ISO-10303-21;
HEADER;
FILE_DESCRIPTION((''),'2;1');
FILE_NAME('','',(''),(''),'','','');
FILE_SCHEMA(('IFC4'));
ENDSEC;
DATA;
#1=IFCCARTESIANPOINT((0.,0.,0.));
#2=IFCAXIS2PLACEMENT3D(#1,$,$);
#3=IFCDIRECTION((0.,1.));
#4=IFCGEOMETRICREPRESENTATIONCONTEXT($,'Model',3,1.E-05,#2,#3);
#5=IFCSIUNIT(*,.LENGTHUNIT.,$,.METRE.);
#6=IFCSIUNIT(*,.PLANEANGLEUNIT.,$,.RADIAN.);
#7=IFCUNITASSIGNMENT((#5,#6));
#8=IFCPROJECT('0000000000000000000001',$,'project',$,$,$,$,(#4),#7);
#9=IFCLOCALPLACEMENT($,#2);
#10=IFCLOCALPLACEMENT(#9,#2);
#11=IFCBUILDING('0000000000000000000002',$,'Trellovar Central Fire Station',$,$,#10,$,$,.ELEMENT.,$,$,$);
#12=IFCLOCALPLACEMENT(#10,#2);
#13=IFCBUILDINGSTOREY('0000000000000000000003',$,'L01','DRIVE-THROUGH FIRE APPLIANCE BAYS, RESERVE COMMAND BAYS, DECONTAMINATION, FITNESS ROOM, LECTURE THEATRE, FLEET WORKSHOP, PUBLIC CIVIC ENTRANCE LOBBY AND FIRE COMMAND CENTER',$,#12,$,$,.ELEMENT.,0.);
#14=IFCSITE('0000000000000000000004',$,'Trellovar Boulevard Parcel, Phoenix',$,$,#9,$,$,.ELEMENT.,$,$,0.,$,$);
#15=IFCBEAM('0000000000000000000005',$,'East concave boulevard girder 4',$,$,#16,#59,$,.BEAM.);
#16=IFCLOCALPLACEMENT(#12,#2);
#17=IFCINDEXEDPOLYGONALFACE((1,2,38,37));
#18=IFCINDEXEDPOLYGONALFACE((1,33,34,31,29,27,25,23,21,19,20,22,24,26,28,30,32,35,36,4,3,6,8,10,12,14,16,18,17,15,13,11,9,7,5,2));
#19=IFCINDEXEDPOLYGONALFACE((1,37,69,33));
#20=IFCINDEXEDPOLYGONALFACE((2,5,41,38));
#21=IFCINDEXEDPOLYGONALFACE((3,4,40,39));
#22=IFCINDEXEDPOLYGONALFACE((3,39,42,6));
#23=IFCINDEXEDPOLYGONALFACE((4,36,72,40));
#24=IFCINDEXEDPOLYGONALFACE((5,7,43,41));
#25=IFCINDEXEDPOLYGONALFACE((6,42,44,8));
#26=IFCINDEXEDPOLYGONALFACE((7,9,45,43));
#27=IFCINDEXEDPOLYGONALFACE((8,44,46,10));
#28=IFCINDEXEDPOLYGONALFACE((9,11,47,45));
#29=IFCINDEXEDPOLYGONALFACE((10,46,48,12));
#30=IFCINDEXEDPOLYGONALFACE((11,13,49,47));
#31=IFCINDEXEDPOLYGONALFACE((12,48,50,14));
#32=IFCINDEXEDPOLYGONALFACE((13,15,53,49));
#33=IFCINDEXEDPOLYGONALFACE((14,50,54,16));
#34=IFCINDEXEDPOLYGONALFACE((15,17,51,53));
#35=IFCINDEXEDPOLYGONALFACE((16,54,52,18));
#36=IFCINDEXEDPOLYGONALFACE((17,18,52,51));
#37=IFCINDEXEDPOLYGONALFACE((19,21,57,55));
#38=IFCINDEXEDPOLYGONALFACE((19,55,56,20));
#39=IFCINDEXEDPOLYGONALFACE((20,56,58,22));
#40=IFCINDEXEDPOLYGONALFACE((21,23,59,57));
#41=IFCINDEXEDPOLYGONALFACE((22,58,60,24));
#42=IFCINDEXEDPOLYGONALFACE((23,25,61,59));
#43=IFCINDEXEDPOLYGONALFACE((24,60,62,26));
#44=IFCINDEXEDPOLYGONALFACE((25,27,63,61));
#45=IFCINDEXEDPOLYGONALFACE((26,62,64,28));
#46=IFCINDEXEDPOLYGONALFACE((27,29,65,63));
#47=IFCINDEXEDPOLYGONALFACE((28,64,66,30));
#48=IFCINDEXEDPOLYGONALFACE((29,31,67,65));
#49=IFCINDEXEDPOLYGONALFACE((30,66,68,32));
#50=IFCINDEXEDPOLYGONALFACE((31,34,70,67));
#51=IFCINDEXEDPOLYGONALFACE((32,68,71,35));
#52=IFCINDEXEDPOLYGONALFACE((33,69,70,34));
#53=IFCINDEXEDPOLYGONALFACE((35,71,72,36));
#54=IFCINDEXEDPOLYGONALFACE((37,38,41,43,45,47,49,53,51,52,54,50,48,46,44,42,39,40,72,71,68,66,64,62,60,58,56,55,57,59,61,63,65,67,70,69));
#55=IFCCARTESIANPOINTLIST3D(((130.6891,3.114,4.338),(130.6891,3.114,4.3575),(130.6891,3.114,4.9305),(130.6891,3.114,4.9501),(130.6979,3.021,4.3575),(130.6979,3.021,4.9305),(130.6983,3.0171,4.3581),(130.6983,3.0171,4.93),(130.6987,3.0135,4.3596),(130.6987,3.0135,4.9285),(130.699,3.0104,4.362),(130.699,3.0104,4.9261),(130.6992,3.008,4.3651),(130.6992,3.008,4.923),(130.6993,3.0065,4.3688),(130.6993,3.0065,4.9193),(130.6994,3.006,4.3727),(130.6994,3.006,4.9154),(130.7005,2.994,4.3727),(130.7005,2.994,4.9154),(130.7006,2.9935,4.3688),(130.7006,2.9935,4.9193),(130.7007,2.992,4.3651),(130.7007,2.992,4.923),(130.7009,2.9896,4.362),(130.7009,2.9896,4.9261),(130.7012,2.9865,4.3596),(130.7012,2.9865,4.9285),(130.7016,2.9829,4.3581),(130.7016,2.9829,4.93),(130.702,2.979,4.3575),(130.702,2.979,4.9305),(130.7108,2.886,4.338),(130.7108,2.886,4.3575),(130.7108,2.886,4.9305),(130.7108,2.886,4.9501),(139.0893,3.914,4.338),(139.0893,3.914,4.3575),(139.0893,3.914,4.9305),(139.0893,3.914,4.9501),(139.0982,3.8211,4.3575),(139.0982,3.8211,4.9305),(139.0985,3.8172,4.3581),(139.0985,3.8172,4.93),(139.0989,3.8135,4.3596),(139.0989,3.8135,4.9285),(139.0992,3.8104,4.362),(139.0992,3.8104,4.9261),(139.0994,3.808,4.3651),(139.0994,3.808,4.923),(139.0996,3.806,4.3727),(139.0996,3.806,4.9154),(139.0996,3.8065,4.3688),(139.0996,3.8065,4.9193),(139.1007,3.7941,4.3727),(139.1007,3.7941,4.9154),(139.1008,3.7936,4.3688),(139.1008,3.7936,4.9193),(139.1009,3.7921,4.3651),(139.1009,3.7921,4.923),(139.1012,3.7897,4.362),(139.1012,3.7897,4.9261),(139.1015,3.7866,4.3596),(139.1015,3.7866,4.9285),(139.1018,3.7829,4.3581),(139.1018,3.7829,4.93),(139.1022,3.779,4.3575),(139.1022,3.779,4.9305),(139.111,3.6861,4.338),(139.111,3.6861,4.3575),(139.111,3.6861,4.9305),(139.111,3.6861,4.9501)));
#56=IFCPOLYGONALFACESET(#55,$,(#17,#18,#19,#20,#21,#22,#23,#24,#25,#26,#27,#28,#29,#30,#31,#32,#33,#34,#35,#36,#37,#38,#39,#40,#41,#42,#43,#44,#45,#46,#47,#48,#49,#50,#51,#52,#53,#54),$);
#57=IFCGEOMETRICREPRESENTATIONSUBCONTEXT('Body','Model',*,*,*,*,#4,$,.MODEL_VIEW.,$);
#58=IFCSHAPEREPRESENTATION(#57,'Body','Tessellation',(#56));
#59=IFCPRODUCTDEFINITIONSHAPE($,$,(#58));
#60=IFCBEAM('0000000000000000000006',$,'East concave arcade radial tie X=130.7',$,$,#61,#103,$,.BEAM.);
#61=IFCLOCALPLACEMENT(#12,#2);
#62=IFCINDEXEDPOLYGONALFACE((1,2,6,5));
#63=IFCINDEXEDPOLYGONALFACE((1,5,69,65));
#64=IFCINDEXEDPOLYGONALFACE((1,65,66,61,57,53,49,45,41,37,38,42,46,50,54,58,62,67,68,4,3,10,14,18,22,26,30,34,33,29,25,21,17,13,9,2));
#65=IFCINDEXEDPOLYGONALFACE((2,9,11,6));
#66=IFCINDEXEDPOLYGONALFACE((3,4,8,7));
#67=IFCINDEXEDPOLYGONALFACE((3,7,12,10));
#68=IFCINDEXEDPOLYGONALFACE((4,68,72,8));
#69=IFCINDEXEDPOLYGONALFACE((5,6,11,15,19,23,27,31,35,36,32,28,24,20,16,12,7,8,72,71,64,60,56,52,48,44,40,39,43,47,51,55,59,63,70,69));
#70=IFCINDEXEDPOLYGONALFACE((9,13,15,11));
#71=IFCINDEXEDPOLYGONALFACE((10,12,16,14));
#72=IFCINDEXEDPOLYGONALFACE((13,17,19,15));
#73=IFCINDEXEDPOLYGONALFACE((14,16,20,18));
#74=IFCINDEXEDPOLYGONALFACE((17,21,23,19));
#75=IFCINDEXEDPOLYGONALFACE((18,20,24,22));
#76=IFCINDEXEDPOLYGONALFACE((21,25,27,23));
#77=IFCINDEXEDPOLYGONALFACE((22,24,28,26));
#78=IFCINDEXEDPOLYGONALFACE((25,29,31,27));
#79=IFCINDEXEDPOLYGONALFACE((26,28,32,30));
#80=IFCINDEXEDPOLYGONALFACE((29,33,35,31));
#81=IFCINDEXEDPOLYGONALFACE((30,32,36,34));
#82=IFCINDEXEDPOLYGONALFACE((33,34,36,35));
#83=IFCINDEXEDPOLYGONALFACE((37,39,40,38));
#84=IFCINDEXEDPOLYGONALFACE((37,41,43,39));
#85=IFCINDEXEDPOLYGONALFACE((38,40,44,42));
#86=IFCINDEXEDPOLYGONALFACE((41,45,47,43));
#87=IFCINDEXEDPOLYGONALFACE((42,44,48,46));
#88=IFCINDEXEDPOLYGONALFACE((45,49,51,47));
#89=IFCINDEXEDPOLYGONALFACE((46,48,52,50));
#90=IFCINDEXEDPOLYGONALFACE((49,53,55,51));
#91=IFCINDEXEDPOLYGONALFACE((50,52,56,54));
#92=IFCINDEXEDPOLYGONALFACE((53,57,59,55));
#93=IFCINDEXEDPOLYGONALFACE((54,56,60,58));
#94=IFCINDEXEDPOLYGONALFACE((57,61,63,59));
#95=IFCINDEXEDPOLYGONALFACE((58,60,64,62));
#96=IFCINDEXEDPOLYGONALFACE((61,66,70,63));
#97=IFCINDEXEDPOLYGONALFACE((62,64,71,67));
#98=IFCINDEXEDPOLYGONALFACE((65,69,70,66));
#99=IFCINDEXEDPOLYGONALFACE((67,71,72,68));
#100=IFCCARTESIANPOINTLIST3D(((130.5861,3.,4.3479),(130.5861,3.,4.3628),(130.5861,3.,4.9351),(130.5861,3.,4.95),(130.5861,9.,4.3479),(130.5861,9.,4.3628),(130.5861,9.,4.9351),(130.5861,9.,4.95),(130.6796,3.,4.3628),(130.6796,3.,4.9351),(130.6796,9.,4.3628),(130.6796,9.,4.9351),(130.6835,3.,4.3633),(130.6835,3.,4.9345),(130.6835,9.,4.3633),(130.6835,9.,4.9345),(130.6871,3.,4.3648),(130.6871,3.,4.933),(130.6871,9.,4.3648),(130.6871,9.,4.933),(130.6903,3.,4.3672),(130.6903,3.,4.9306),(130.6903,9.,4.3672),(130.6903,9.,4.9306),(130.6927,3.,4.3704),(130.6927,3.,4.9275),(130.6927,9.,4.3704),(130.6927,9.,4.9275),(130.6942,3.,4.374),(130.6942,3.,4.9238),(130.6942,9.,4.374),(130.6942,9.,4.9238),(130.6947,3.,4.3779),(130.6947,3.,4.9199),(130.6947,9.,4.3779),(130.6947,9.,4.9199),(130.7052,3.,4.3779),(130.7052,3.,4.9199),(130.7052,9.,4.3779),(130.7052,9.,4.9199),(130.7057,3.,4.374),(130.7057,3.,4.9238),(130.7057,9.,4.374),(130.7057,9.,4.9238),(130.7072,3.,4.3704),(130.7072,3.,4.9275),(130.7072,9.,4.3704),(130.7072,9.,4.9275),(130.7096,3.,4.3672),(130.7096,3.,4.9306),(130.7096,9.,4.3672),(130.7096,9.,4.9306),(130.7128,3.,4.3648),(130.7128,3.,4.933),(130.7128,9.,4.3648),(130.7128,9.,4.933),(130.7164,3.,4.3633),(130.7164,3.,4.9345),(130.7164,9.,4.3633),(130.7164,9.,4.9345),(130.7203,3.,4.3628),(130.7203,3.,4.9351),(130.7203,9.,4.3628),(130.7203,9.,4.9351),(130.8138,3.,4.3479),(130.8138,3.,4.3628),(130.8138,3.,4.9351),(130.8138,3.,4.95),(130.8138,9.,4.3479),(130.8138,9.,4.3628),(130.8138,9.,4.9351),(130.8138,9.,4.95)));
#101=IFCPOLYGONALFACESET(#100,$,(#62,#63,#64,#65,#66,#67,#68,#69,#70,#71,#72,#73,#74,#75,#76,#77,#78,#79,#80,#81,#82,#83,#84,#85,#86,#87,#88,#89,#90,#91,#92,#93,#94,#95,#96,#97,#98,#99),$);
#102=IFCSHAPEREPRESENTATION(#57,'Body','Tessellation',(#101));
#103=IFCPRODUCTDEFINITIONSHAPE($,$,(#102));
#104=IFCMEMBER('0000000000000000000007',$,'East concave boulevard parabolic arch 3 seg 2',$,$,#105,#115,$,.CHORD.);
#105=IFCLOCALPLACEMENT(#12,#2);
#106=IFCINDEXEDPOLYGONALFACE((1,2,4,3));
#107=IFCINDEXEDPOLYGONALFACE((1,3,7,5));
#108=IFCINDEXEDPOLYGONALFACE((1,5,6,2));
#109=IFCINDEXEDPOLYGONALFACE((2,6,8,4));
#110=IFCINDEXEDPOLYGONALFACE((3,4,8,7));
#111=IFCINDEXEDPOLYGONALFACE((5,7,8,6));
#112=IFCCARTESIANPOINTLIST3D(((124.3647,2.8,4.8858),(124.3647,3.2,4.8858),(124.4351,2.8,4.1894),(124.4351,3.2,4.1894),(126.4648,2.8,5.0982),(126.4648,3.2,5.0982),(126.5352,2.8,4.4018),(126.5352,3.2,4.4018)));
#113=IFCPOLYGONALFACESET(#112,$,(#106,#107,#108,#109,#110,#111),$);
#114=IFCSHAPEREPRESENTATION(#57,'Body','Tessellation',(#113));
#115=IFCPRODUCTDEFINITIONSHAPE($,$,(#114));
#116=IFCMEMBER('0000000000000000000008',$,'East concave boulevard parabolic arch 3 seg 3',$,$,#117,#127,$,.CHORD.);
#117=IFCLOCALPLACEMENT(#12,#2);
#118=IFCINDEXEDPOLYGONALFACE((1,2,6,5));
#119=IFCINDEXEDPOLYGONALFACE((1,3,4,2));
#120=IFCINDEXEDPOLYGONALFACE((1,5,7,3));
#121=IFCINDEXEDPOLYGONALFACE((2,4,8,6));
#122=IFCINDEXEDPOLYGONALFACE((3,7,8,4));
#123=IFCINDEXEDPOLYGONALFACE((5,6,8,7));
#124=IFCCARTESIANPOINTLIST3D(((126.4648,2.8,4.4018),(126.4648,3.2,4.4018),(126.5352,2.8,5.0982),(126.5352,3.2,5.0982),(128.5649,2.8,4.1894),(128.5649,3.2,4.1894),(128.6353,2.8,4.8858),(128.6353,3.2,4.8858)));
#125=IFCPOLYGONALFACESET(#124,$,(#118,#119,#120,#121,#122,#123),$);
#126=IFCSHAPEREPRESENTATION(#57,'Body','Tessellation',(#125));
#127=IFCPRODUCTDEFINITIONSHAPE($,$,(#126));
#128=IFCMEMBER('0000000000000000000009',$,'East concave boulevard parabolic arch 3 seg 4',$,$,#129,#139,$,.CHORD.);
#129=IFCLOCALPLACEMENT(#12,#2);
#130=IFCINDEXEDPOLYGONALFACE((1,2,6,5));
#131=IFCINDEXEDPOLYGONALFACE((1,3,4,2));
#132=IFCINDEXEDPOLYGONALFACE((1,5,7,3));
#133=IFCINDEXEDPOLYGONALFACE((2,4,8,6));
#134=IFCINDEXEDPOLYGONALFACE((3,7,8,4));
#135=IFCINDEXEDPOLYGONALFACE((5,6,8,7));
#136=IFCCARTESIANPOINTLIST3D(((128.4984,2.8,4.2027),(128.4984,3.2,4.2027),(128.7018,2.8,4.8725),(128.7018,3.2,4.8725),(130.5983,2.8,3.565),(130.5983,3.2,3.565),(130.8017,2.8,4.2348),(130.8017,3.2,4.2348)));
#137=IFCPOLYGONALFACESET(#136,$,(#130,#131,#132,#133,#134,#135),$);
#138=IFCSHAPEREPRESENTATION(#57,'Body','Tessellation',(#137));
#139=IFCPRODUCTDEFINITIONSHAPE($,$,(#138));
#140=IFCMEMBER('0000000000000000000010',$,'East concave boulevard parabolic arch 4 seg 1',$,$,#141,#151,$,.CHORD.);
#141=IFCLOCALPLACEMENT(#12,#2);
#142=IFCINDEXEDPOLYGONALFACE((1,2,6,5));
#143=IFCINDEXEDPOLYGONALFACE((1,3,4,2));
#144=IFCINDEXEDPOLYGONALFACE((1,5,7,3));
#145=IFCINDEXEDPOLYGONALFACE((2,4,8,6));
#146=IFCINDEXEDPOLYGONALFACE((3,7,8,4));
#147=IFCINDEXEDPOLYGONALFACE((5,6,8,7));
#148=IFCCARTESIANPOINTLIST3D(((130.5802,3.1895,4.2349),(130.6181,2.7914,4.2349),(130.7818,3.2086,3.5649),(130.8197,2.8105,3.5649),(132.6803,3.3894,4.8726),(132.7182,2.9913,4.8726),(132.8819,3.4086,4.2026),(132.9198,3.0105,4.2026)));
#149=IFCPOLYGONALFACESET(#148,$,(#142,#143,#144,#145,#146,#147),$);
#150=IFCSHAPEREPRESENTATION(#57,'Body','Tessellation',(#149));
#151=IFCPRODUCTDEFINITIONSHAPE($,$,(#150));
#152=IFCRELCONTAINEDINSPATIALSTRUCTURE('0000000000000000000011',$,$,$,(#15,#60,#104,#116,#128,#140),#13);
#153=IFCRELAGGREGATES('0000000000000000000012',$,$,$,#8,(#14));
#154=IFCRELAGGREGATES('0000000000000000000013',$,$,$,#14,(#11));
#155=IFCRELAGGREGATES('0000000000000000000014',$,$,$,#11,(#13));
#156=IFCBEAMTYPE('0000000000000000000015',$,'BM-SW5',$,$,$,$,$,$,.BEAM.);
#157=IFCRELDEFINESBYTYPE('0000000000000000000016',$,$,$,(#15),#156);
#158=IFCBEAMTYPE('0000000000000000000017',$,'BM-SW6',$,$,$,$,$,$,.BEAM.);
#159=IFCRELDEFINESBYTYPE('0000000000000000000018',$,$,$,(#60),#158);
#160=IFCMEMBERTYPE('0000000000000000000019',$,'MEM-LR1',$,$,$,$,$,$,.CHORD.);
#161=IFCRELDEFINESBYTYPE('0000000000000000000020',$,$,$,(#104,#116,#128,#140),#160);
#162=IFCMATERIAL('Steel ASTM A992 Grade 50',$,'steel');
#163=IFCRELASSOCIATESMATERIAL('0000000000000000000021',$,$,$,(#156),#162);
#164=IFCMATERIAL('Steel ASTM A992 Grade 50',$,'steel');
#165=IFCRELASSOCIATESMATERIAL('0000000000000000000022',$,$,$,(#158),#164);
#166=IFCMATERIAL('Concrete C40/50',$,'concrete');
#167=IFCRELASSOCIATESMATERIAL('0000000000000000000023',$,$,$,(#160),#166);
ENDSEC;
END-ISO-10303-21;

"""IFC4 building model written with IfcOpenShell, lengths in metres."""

from ifc_helpers import new_model, si_unit, direction, frame, origin, origin_2d, place, context, subcontext, project, spatial, rectangle, i_section, extrude, material, material_profile, profile_set, type_object, element, save


model = new_model("IFC4")

# Units and contexts
model_context = context("Model", 3, precision=1e-05, world=origin(), true_north=direction((0.0, 1.0)))
body_context = subcontext(model_context, "Body", "Model", "MODEL_VIEW")
ifc_project = project(units=[si_unit("LENGTHUNIT", "METRE"), si_unit("PLANEANGLEUNIT", "RADIAN")], contexts=[model_context])

# Site, building, storey
site_placement = place(None, origin())
site = spatial("IfcSite", under=ifc_project, at=site_placement, Name="Trellovar Boulevard Parcel, Phoenix", CompositionType="ELEMENT", RefElevation=0.0)
building_placement = place(site_placement, origin())
building = spatial("IfcBuilding", under=site, at=building_placement, Name="Trellovar Central Fire Station", CompositionType="ELEMENT")
storey_placement = place(building_placement, origin())
storey = spatial("IfcBuildingStorey", under=building, at=storey_placement, Name="L01", Description="DRIVE-THROUGH FIRE APPLIANCE BAYS, RESERVE COMMAND BAYS, DECONTAMINATION, FITNESS ROOM, LECTURE THEATRE, FLEET WORKSHOP, PUBLIC CIVIC ENTRANCE LOBBY AND FIRE COMMAND CENTER", CompositionType="ELEMENT", Elevation=0.0)

# Beams
ifc_material_1 = material(Name="Steel ASTM A992 Grade 50", Category="steel")
ifc_material_profile_1 = material_profile(ifc_material_1, i_section(OverallWidth=0.229, OverallDepth=0.6121, WebThickness=0.012, FlangeThickness=0.0195, FilletRadius=0.0151, at=origin_2d()), Name="W24X84")
ifc_profile_set_1 = profile_set([ifc_material_profile_1], Name="Steel ASTM A992 Grade 50")
beam_type_1 = type_object("IfcBeamType", Name="BM-SW5", PredefinedType="BEAM", material=ifc_profile_set_1)
beam_1_placement = place(storey_placement, frame((130.7, 3.0, 4.644), z_axis=(0.995495, 0.094813, 0.0), x_axis=(-0.094813, 0.995495, 0.0)))
element("IfcBeam", 1, at=beam_1_placement, inside=storey, type_object=beam_type_1, Name="East concave boulevard girder 4", PredefinedType="BEAM", context=body_context, shape_type="SweptSolid", body=[
    extrude(i_section(OverallWidth=0.229, OverallDepth=0.6121, WebThickness=0.012, FlangeThickness=0.0195, FilletRadius=0.0151, at=origin_2d()), origin(), (0.0, 0.0, 1.0), 8.4382),
])
ifc_material_2 = material(Name="Steel ASTM A992 Grade 50", Category="steel")
ifc_material_profile_2 = material_profile(ifc_material_2, i_section(OverallWidth=0.2278, OverallDepth=0.6021, WebThickness=0.0105, FlangeThickness=0.0149, FilletRadius=0.0151, at=origin_2d()), Name="W24X68")
ifc_profile_set_2 = profile_set([ifc_material_profile_2], Name="Steel ASTM A992 Grade 50")
beam_type_2 = type_object("IfcBeamType", Name="BM-SW6", PredefinedType="BEAM", material=ifc_profile_set_2)
beam_2_placement = place(storey_placement, frame((130.7, 3.0, 4.6489), z_axis=(0.0, 1.0, 0.0), x_axis=(-1.0, 0.0, 0.0)))
element("IfcBeam", 2, at=beam_2_placement, inside=storey, type_object=beam_type_2, Name="East concave arcade radial tie X=130.7", PredefinedType="BEAM", context=body_context, shape_type="SweptSolid", body=[
    extrude(i_section(OverallWidth=0.2278, OverallDepth=0.6021, WebThickness=0.0105, FlangeThickness=0.0149, FilletRadius=0.0151, at=origin_2d()), origin(), (0.0, 0.0, 1.0), 6.0),
])

# Members
ifc_material_3 = material(Name="Concrete C40/50", Category="concrete")
ifc_material_profile_3 = material_profile(ifc_material_3, rectangle(XDim=0.3999, YDim=0.7, at=origin_2d()), Name="RC400X700")
ifc_profile_set_3 = profile_set([ifc_material_profile_3], Name="Concrete C40/50")
member_type_1 = type_object("IfcMemberType", Name="MEM-LR1", PredefinedType="CHORD", material=ifc_profile_set_3)
for number, where, z_axis, x_axis, name in (
    (3, (124.3999, 3.0, 4.5376), (0.994924, 0.0, 0.100626), (0.0, 1.0, 0.0), "East concave boulevard parabolic arch 3 seg 2"),
    (4, (126.5, 3.0, 4.75), (0.994924, 0.0, -0.100626), (0.0, 1.0, 0.0), "East concave boulevard parabolic arch 3 seg 3"),
):
    element("IfcMember", number, at=place(storey_placement, frame(where, z_axis=z_axis, x_axis=x_axis)), inside=storey, type_object=member_type_1, Name=name, PredefinedType="CHORD", context=body_context, shape_type="SweptSolid", body=[
        extrude(rectangle(XDim=0.3999, YDim=0.7, at=origin_2d()), origin(), (0.0, 0.0, 1.0), 2.1108),
    ])
member_1_placement = place(storey_placement, frame((128.6001, 3.0, 4.5376), z_axis=(0.95685, 0.0, -0.290582), x_axis=(0.0, 1.0, 0.0)))
element("IfcMember", 5, at=member_1_placement, inside=storey, type_object=member_type_1, Name="East concave boulevard parabolic arch 3 seg 4", PredefinedType="CHORD", context=body_context, shape_type="SweptSolid", body=[
    extrude(rectangle(XDim=0.3999, YDim=0.7, at=origin_2d()), origin(), (0.0, 0.0, 1.0), 2.1946),
])
member_2_placement = place(storey_placement, frame((130.7, 3.0, 3.8999), z_axis=(0.952913, 0.090727, 0.289352), x_axis=(-0.094782, 0.995498, 0.0)))
element("IfcMember", 6, at=member_2_placement, inside=storey, type_object=member_type_1, Name="East concave boulevard parabolic arch 4 seg 1", PredefinedType="CHORD", context=body_context, shape_type="SweptSolid", body=[
    extrude(rectangle(XDim=0.3999, YDim=0.7, at=origin_2d()), origin(), (0.0, 0.0, 1.0), 2.2039),
])

save(model, "model.ifc")
